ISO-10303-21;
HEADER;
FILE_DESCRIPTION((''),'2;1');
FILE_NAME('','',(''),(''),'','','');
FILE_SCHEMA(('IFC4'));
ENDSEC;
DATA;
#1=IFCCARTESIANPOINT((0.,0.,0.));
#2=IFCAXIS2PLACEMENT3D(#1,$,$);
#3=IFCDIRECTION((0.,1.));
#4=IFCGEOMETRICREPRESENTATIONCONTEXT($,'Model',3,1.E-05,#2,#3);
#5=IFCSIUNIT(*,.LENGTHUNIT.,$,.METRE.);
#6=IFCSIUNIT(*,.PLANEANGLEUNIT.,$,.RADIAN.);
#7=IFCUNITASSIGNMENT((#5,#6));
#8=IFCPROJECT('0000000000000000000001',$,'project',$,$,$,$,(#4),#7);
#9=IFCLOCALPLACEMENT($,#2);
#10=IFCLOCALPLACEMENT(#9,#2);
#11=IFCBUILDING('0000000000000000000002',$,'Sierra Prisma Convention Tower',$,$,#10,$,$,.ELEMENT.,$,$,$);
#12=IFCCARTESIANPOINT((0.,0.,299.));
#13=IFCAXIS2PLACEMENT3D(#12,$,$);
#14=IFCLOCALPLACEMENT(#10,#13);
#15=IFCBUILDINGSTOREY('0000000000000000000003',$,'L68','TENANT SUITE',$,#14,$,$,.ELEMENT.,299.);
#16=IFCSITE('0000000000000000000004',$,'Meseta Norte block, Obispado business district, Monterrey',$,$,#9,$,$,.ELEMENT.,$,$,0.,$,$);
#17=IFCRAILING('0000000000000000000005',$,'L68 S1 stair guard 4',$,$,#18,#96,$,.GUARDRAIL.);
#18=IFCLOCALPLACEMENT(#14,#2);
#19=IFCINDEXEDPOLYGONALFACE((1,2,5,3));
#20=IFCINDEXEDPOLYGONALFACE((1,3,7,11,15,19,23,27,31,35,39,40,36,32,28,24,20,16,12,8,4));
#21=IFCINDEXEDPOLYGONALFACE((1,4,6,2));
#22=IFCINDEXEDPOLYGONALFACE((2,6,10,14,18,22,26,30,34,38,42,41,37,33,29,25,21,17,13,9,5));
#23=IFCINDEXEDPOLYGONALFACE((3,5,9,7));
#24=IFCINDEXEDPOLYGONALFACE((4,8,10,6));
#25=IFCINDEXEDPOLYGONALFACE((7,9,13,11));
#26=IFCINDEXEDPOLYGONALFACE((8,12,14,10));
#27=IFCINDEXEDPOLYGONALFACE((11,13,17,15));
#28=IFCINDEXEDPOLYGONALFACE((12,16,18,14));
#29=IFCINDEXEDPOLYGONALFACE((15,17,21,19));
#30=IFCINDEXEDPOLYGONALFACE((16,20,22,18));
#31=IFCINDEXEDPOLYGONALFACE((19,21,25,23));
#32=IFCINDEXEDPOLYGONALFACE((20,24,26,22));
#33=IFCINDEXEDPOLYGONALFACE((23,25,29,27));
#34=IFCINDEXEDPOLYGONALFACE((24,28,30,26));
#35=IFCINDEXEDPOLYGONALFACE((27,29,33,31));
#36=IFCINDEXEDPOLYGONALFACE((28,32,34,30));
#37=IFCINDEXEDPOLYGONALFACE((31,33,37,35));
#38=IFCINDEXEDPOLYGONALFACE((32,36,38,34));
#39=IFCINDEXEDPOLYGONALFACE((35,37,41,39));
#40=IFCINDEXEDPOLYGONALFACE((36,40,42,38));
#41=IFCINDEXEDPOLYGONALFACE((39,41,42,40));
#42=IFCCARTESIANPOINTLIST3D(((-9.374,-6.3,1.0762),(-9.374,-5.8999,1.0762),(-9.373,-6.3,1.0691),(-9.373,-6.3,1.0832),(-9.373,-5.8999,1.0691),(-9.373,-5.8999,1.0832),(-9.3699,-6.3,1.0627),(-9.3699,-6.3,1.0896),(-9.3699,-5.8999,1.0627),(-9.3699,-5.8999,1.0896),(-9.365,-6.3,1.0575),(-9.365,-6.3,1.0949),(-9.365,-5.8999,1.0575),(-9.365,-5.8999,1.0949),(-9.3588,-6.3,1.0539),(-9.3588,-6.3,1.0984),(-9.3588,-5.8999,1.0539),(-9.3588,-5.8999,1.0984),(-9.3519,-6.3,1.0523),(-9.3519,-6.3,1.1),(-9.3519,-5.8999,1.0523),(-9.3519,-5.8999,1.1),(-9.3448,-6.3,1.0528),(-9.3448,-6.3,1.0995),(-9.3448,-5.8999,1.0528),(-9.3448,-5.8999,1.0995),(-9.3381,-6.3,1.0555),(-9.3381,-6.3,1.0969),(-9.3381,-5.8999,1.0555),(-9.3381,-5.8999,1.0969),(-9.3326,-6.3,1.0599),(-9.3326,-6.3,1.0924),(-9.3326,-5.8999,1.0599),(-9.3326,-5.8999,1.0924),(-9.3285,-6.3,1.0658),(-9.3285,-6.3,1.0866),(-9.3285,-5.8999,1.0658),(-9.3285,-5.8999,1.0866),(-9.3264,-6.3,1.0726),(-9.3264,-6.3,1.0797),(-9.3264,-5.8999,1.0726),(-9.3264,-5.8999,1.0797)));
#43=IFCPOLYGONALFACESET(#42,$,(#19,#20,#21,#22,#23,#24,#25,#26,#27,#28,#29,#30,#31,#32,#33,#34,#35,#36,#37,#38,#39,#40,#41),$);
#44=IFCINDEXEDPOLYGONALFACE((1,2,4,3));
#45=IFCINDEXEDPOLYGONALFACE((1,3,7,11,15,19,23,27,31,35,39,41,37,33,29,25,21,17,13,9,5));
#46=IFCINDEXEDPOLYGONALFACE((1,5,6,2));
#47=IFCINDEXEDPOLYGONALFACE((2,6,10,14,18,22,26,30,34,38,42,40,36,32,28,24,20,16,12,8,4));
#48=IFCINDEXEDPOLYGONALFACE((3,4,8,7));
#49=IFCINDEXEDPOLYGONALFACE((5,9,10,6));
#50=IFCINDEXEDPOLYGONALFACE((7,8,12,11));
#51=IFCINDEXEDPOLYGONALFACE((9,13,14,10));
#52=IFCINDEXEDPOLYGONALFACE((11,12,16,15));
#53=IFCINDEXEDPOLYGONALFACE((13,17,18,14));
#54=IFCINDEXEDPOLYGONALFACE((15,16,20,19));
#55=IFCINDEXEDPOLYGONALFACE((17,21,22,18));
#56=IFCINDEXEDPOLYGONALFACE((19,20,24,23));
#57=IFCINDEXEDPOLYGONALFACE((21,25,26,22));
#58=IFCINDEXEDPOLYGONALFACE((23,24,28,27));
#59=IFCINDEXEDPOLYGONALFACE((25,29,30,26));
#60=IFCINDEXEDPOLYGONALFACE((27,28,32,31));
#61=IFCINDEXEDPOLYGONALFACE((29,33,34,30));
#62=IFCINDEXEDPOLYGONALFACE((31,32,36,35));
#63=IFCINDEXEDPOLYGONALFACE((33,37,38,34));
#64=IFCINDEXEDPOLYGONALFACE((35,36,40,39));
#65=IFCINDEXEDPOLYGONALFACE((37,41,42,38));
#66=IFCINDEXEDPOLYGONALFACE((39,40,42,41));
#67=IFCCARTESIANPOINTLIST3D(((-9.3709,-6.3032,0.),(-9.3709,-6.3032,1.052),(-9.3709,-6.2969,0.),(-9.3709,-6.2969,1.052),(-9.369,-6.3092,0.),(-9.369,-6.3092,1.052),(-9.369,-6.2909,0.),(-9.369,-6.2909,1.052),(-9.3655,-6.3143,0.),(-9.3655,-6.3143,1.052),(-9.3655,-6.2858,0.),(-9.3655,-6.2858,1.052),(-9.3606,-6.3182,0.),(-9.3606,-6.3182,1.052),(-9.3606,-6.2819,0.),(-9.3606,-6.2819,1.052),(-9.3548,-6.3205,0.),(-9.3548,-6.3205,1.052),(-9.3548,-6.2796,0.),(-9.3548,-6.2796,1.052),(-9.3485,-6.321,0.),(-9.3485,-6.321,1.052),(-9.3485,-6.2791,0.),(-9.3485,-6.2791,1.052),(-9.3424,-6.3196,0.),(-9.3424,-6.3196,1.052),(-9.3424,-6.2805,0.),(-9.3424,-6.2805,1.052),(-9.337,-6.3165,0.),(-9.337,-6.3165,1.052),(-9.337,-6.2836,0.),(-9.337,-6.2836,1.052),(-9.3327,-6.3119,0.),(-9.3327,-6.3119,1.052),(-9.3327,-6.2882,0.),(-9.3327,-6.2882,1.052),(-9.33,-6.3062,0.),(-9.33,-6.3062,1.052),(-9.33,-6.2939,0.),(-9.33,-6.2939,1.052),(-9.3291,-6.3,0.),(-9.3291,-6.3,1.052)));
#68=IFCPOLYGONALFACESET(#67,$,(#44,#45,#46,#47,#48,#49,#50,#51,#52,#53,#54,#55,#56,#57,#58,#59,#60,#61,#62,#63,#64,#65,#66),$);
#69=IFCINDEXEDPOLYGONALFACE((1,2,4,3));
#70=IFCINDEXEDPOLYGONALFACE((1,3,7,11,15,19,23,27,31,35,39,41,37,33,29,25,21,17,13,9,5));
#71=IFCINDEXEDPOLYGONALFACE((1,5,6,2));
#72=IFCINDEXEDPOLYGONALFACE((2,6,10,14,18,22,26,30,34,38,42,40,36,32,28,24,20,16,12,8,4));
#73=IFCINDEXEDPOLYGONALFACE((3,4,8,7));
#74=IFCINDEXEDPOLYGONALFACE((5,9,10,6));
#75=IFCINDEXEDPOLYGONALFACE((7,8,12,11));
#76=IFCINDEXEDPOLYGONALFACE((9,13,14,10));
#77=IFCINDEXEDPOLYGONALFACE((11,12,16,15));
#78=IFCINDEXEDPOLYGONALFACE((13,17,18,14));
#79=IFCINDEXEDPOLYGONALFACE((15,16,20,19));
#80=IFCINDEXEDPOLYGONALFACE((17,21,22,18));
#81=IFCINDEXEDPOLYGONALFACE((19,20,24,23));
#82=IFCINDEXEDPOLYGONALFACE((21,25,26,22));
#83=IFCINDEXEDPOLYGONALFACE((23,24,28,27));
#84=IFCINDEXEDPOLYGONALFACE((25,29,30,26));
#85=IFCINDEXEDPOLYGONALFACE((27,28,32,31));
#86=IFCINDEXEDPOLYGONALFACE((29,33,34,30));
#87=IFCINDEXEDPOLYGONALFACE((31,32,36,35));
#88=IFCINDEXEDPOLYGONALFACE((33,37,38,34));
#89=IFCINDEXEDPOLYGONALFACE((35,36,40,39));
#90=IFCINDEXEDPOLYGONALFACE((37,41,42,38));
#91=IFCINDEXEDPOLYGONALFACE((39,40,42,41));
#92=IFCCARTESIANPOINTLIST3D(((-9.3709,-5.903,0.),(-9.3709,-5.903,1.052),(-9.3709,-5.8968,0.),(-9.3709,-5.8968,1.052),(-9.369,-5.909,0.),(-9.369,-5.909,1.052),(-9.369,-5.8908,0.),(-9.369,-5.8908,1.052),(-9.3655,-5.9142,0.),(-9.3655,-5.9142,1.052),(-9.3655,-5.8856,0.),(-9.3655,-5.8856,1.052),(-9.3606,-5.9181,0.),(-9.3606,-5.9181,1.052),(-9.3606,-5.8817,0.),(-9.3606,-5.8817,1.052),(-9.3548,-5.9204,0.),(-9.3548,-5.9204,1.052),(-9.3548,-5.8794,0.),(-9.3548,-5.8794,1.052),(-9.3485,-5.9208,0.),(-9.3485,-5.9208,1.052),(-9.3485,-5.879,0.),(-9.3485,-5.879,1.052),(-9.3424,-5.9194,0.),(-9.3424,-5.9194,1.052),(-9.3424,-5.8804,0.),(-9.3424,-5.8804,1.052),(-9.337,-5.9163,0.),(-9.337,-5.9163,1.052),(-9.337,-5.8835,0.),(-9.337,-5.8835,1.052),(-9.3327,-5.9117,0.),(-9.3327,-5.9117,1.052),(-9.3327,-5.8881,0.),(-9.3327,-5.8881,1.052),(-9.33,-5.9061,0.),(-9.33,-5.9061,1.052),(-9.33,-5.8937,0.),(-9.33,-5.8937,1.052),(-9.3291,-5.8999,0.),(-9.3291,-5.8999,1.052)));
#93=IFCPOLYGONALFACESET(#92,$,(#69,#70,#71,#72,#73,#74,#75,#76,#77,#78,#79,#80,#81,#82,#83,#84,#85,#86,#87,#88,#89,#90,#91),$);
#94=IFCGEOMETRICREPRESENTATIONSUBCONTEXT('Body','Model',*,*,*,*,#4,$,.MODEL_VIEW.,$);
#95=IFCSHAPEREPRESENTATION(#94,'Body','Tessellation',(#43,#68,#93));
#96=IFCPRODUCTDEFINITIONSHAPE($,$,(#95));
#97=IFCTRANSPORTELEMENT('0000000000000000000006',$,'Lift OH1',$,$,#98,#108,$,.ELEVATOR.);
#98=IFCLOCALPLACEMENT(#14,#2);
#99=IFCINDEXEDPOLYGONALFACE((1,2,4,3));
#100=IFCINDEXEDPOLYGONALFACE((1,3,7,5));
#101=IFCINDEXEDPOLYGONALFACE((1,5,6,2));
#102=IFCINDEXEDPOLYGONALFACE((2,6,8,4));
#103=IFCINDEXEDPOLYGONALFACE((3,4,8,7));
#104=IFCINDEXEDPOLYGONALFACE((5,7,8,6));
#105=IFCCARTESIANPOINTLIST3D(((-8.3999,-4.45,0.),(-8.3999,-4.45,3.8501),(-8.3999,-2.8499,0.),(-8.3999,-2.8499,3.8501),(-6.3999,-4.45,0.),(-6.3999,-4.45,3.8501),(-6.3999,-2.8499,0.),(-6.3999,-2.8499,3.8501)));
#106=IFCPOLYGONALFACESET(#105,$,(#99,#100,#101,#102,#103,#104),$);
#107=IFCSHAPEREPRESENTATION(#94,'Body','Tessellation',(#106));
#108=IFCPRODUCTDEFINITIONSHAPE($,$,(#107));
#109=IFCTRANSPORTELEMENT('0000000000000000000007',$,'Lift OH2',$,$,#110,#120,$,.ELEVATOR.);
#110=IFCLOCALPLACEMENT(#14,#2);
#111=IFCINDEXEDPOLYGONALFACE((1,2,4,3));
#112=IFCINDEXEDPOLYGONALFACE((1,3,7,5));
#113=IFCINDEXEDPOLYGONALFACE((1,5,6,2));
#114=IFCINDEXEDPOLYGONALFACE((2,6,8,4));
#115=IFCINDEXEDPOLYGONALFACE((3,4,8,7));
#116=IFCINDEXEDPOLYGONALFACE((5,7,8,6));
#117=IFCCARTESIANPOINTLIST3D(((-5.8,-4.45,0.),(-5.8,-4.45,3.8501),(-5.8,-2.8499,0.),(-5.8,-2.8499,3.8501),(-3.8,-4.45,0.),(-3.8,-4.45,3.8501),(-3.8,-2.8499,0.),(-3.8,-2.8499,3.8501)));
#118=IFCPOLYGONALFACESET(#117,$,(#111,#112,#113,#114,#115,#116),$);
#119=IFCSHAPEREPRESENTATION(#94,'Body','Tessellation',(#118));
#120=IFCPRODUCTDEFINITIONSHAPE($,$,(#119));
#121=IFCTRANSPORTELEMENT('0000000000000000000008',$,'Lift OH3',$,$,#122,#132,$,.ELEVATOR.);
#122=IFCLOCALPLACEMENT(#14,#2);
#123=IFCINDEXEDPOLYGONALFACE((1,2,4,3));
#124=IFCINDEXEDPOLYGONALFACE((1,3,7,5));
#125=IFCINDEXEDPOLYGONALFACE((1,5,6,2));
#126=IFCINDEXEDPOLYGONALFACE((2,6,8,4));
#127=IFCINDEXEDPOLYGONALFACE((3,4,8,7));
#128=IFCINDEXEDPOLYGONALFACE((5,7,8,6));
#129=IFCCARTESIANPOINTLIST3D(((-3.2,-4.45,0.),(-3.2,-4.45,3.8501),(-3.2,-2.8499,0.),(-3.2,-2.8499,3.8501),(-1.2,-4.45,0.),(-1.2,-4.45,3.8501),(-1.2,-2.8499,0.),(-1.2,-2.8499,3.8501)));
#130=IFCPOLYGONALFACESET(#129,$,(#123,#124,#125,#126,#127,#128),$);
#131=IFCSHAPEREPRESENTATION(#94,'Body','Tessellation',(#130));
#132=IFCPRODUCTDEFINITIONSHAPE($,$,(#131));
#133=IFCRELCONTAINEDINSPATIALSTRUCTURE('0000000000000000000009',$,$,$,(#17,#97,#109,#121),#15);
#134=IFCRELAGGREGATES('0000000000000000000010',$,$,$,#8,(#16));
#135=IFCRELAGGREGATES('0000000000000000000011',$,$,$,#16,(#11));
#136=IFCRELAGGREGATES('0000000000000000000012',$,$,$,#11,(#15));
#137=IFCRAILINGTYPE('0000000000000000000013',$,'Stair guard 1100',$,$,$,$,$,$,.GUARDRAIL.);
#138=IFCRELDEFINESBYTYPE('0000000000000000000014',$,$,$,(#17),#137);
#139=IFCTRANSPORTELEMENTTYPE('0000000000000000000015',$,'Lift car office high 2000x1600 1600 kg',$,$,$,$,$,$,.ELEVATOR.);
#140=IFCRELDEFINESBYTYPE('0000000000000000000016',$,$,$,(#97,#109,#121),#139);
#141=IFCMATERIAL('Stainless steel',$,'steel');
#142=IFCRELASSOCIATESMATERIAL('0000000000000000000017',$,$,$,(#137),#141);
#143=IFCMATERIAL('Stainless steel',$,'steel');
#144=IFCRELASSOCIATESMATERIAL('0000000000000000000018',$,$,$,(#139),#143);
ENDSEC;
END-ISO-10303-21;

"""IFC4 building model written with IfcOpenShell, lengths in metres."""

from ifc_helpers import new_model, si_unit, direction, frame, origin, origin_2d, place, context, subcontext, project, spatial, rectangle, circle, extrude, material, type_object, element, save


model = new_model("IFC4")

# Units and contexts
model_context = context("Model", 3, precision=1e-05, world=origin(), true_north=direction((0.0, 1.0)))
body_context = subcontext(model_context, "Body", "Model", "MODEL_VIEW")
ifc_project = project(units=[si_unit("LENGTHUNIT", "METRE"), si_unit("PLANEANGLEUNIT", "RADIAN")], contexts=[model_context])

# Site, building, storey
site_placement = place(None, origin())
site = spatial("IfcSite", under=ifc_project, at=site_placement, Name="Meseta Norte block, Obispado business district, Monterrey", CompositionType="ELEMENT", RefElevation=0.0)
building_placement = place(site_placement, origin())
building = spatial("IfcBuilding", under=site, at=building_placement, Name="Sierra Prisma Convention Tower", CompositionType="ELEMENT")
storey_placement = place(building_placement, frame((0.0, 0.0, 299.0)))
storey = spatial("IfcBuildingStorey", under=building, at=storey_placement, Name="L68", Description="TENANT SUITE", CompositionType="ELEMENT", Elevation=299.0)

# Railing
ifc_material_1 = material(Name="Stainless steel", Category="steel")
railing_type_1 = type_object("IfcRailingType", Name="Stair guard 1100", PredefinedType="GUARDRAIL", material=ifc_material_1)
railing_1_placement = place(storey_placement, frame((-9.3501, -6.3, 0.0)))
element("IfcRailing", 1, at=railing_1_placement, inside=storey, type_object=railing_type_1, Name="L68 S1 stair guard 4", PredefinedType="GUARDRAIL", context=body_context, shape_type="SweptSolid", body=[
    extrude(circle(Radius=0.0239, at=origin_2d()), frame((0.0, 0.0, 1.0762), z_axis=(0.0, 1.0, 0.0), x_axis=(-1.0, 0.0, 0.0)), (0.0, 0.0, 1.0), 0.4001),
    extrude(circle(Radius=0.021, at=origin_2d()), origin(), (0.0, 0.0, 1.0), 1.052),
    extrude(circle(Radius=0.021, at=origin_2d()), frame((0.0, 0.4001, 0.0)), (0.0, 0.0, 1.0), 1.052),
])

# Transport elements
ifc_material_2 = material(Name="Stainless steel", Category="steel")
transport_element_type = type_object("IfcTransportElementType", Name="Lift car office high 2000x1600 1600 kg", PredefinedType="ELEVATOR", material=ifc_material_2)
for number, where, z_axis, x_axis, name in (
    (2, (-7.3999, -3.6499, 0.0), (0.0, 0.0, 1.0), (1.0, 0.0, 0.0), "Lift OH1"),
    (3, (-4.8, -3.6499, 0.0), (0.0, 0.0, 1.0), (1.0, 0.0, 0.0), "Lift OH2"),
    (4, (-2.2, -3.6499, 0.0), (0.0, 0.0, 1.0), (1.0, 0.0, 0.0), "Lift OH3"),
):
    element("IfcTransportElement", number, at=place(storey_placement, frame(where, z_axis=z_axis, x_axis=x_axis)), inside=storey, type_object=transport_element_type, Name=name, PredefinedType="ELEVATOR", context=body_context, shape_type="SweptSolid", body=[
        extrude(rectangle(XDim=2.0, YDim=1.6001, at=origin_2d()), origin(), (0.0, 0.0, 1.0), 3.8501),
    ])

save(model, "model.ifc")
